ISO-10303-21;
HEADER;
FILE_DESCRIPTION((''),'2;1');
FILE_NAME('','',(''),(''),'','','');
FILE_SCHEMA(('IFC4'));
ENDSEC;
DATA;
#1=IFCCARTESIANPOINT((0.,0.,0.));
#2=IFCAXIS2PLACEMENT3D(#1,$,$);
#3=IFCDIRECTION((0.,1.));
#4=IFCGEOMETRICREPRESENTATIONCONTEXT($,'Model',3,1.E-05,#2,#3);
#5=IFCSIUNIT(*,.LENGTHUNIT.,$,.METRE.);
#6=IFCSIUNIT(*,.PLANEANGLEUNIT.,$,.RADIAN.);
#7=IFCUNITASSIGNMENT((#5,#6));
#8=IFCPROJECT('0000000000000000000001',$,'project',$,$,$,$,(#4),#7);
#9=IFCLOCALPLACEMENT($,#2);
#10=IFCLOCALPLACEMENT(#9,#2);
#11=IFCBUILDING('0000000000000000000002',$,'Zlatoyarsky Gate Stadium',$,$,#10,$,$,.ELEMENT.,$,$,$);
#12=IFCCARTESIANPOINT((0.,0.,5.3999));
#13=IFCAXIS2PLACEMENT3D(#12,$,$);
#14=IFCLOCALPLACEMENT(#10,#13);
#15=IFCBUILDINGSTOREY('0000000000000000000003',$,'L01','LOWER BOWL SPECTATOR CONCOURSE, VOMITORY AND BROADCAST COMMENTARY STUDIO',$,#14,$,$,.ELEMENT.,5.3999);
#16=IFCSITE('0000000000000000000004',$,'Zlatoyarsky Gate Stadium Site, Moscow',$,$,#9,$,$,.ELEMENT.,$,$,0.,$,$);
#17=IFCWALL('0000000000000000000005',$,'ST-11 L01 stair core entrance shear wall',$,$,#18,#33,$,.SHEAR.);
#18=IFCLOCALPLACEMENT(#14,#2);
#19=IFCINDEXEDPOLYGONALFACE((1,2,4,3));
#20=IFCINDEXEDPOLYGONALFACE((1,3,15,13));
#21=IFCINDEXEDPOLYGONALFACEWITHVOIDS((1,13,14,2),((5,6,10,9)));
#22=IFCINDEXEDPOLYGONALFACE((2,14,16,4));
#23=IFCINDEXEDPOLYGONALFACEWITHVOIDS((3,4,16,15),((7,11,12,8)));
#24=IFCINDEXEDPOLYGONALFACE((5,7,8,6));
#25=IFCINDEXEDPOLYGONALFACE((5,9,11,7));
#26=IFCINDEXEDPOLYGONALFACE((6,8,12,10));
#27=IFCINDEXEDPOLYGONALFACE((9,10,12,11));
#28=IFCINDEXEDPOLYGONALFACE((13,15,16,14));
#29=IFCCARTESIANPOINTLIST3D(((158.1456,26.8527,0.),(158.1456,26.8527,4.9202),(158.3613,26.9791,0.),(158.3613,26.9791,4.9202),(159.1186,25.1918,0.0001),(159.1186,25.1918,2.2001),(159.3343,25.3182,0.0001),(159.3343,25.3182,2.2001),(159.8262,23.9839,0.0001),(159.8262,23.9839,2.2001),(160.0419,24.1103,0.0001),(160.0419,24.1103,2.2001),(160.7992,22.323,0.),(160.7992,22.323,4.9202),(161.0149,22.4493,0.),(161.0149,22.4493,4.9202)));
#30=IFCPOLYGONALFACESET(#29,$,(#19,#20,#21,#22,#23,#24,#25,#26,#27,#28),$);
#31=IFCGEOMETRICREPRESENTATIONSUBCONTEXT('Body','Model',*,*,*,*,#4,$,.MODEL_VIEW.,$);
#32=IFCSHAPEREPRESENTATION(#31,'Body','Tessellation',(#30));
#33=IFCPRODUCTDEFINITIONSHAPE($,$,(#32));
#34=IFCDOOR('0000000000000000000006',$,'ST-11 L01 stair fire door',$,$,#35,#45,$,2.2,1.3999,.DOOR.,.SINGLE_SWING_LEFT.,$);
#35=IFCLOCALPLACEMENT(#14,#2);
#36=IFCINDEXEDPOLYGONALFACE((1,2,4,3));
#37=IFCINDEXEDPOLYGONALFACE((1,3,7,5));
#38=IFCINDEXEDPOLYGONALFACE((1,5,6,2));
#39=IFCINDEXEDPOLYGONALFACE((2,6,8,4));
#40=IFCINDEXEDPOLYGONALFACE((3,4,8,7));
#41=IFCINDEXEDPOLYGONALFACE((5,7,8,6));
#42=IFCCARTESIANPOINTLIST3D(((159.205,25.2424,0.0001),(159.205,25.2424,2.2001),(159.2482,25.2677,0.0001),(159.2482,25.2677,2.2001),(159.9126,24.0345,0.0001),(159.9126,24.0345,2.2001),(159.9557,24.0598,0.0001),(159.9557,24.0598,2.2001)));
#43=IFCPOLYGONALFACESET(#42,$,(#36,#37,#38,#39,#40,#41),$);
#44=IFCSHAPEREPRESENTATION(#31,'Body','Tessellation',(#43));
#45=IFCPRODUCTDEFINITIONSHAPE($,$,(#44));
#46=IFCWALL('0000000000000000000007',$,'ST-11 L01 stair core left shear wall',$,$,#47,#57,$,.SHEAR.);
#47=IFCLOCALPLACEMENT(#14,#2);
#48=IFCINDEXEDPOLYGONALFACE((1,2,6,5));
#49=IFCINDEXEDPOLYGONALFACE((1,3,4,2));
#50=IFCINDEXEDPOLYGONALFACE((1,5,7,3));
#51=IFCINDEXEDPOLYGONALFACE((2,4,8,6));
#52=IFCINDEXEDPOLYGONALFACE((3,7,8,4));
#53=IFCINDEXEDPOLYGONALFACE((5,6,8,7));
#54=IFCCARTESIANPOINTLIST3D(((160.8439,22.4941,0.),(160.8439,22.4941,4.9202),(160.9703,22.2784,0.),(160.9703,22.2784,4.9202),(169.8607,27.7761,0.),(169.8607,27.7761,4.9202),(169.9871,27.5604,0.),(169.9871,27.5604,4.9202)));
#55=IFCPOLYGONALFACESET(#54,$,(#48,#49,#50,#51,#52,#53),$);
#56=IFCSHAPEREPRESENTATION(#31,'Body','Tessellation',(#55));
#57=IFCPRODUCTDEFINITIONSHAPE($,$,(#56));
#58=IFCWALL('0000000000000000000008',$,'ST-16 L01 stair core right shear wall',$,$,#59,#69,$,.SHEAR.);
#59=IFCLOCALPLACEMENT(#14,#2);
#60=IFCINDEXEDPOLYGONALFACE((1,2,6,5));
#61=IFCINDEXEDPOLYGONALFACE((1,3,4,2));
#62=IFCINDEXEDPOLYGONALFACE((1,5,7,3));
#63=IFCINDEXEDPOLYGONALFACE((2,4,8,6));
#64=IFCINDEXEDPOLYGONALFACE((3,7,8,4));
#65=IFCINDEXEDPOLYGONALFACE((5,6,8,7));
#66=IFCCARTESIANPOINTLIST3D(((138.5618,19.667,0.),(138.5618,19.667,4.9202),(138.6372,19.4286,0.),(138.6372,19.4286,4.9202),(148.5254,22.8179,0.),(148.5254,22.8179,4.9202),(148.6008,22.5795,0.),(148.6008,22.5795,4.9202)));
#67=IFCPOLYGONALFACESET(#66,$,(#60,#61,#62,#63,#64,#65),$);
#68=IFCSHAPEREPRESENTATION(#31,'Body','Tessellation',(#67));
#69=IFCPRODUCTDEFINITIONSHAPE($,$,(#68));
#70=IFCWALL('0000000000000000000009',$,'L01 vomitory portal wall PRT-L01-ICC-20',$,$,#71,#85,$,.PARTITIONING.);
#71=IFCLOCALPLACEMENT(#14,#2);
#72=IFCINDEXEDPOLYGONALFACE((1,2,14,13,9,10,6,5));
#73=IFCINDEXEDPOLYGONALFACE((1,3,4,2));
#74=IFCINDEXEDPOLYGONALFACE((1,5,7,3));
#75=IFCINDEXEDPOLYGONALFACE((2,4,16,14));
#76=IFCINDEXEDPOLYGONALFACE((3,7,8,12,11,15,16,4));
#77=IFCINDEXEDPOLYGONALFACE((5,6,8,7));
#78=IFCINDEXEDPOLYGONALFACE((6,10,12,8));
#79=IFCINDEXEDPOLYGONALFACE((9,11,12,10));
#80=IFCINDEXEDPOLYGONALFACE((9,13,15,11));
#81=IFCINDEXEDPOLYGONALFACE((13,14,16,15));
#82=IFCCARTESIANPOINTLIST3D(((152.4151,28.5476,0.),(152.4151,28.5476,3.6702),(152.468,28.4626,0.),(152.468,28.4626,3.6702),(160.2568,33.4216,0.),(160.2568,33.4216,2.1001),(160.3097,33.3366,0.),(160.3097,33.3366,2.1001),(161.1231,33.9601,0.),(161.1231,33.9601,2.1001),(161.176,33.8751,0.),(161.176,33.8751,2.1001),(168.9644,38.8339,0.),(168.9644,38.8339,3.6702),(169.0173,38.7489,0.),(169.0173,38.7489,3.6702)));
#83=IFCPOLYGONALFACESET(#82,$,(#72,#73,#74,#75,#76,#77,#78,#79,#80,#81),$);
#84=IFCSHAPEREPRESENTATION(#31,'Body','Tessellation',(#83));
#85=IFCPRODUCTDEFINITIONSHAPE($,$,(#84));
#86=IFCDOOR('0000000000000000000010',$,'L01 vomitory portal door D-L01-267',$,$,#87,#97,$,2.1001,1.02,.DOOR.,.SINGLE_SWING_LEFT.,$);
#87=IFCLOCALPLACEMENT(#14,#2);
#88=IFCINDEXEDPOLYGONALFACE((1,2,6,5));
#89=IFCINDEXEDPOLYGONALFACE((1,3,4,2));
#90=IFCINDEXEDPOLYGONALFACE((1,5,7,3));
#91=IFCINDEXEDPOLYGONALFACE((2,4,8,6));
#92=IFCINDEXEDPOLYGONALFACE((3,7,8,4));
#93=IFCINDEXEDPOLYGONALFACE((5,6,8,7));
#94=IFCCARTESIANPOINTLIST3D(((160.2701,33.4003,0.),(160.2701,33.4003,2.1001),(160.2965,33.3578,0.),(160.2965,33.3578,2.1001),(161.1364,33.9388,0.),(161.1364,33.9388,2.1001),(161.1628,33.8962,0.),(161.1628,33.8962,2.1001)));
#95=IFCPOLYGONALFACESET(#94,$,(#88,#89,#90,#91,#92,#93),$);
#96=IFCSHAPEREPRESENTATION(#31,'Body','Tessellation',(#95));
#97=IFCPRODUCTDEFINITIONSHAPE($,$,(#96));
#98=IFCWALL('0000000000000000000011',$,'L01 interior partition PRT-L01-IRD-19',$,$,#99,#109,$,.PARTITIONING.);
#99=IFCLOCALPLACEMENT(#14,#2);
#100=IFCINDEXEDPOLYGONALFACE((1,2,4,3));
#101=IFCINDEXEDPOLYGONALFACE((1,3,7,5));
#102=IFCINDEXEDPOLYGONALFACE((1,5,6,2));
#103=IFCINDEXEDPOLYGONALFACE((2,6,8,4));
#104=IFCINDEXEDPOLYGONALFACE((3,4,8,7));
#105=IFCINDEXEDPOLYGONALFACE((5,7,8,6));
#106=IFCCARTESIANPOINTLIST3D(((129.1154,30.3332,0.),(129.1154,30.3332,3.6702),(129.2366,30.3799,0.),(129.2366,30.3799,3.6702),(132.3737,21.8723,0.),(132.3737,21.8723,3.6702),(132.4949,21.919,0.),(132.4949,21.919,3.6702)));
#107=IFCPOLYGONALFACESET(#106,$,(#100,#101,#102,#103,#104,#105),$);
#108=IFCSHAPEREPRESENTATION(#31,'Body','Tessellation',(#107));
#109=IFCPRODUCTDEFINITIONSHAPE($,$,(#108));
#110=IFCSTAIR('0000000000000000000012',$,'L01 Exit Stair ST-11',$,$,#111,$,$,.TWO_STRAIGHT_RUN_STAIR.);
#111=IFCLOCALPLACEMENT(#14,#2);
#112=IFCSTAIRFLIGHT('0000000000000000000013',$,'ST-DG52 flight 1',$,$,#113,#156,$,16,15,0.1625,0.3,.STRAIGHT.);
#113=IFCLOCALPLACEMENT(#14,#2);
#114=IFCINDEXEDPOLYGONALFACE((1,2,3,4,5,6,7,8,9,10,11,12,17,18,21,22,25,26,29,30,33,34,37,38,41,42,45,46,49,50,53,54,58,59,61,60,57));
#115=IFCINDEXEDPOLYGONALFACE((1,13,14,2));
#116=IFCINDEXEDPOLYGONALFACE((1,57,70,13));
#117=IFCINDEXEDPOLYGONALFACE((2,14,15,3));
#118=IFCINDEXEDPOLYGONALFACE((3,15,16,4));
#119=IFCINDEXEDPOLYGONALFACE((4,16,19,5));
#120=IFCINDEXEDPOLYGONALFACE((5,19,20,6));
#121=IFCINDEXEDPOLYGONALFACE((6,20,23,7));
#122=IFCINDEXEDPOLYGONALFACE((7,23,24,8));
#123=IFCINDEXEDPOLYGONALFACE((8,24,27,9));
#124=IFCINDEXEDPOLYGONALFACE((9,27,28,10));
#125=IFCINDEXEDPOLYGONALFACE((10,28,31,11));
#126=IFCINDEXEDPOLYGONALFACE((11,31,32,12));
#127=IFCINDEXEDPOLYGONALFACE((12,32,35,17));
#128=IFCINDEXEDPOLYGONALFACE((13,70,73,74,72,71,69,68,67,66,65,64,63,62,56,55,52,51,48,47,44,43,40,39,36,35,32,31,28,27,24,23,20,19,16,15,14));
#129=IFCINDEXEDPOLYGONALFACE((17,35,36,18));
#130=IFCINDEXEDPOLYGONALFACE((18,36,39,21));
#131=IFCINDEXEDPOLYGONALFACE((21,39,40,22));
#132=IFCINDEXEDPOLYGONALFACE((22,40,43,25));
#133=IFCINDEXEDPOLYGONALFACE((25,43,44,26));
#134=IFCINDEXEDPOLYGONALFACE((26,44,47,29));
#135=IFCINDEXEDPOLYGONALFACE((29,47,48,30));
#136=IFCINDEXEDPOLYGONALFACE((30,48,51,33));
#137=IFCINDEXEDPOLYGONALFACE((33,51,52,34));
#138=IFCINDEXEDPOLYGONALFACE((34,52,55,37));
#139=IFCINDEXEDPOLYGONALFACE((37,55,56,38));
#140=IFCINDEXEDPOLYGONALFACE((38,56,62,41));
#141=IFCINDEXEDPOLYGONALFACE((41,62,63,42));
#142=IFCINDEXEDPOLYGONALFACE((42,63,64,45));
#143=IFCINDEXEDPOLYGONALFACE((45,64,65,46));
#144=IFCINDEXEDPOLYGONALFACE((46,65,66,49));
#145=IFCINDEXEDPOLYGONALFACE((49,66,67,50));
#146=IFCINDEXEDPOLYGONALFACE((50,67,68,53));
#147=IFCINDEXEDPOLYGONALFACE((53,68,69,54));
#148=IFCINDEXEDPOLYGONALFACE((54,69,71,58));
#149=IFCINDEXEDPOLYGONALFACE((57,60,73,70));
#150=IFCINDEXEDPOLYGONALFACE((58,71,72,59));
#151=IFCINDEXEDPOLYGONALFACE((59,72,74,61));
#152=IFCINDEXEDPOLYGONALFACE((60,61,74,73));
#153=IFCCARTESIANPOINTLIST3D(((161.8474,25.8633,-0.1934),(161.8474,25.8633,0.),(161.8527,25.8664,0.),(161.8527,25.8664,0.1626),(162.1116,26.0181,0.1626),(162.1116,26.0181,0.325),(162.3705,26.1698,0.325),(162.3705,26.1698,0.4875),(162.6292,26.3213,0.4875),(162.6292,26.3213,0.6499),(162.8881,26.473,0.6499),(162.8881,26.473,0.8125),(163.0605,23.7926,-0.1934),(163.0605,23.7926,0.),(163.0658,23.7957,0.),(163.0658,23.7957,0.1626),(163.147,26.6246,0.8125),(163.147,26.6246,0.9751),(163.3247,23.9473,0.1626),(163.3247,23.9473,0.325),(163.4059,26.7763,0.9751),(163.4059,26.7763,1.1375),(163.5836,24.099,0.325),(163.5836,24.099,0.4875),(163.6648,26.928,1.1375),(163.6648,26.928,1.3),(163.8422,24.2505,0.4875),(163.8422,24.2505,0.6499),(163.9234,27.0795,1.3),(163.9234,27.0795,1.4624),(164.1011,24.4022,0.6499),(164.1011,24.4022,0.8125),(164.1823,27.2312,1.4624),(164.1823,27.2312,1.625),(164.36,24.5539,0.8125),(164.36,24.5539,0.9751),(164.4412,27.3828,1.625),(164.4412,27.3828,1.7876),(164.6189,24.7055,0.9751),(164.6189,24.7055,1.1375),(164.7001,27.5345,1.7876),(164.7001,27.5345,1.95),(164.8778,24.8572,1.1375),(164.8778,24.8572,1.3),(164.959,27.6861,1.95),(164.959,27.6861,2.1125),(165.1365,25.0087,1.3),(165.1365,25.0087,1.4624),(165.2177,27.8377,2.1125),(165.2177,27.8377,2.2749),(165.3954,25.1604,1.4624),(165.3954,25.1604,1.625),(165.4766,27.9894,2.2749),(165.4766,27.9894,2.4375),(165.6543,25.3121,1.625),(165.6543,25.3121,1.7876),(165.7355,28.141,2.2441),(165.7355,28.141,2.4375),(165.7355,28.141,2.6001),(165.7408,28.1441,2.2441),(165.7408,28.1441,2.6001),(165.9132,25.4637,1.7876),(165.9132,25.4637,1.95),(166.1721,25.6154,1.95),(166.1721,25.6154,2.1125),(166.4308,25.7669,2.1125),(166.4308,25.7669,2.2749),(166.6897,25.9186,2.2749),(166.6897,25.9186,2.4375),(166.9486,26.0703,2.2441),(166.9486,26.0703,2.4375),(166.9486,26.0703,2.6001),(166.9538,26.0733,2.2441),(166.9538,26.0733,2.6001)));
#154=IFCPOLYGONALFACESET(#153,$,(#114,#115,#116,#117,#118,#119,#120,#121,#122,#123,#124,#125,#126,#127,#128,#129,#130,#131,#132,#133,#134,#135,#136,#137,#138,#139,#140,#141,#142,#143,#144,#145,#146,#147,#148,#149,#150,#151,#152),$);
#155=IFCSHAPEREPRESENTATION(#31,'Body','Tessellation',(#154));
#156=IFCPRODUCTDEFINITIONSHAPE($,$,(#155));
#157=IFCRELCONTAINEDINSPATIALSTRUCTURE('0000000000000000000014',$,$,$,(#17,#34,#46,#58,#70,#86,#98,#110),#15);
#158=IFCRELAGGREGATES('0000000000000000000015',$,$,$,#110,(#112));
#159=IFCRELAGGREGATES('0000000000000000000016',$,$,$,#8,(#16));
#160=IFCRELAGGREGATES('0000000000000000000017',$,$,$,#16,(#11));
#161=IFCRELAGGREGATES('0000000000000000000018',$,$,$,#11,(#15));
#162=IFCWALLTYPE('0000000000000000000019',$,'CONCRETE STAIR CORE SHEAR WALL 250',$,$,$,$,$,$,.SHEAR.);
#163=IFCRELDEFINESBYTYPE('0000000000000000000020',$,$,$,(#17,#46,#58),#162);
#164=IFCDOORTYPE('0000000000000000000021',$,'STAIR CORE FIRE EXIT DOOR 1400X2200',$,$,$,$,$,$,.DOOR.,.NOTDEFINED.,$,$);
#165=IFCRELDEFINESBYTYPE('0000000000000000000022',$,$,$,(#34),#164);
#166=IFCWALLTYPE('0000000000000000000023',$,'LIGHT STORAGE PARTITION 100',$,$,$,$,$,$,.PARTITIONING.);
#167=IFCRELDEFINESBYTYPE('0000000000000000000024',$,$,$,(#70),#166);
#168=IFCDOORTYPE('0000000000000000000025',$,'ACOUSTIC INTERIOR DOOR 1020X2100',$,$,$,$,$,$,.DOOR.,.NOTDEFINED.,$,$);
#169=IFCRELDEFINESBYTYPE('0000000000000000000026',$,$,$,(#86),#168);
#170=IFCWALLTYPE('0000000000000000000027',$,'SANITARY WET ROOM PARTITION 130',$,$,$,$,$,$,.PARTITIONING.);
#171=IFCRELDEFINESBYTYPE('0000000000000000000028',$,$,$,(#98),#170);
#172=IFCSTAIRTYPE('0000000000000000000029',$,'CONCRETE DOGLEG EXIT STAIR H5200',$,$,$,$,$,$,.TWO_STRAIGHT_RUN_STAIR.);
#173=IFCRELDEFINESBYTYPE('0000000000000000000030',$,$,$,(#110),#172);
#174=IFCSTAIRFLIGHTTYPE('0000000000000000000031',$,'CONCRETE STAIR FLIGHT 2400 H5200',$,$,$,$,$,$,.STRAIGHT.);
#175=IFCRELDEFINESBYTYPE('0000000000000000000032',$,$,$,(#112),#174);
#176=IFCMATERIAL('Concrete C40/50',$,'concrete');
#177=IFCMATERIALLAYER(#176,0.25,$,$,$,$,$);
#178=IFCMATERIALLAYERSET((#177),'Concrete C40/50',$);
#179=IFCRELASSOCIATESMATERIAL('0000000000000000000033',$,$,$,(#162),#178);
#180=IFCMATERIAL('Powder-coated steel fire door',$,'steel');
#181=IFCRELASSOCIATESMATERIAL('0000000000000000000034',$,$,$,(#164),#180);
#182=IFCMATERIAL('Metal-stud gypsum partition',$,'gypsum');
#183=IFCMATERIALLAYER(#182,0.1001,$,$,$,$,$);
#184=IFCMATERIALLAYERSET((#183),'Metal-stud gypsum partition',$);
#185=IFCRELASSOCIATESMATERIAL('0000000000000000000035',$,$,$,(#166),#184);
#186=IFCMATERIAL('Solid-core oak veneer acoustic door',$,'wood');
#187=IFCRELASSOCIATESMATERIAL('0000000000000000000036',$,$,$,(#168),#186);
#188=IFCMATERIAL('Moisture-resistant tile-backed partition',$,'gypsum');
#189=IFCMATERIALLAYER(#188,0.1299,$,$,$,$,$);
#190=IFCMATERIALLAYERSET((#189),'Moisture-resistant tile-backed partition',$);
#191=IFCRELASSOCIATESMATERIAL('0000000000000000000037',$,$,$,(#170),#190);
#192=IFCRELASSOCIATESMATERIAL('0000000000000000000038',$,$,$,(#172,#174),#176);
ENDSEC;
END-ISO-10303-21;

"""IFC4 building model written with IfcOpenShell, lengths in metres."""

from ifc_helpers import new_model, si_unit, direction, frame, frame_2d, origin, place, context, subcontext, project, spatial, polyline, rectangle, outline, extrude, material, layer, layer_set, type_object, element, fill, aggregate, save


model = new_model("IFC4")

# Units and contexts
model_context = context("Model", 3, precision=1e-05, world=origin(), true_north=direction((0.0, 1.0)))
body_context = subcontext(model_context, "Body", "Model", "MODEL_VIEW")
ifc_project = project(units=[si_unit("LENGTHUNIT", "METRE"), si_unit("PLANEANGLEUNIT", "RADIAN")], contexts=[model_context])

# Site, building, storey
site_placement = place(None, origin())
site = spatial("IfcSite", under=ifc_project, at=site_placement, Name="Zlatoyarsky Gate Stadium Site, Moscow", CompositionType="ELEMENT", RefElevation=0.0)
building_placement = place(site_placement, origin())
building = spatial("IfcBuilding", under=site, at=building_placement, Name="Zlatoyarsky Gate Stadium", CompositionType="ELEMENT")
storey_placement = place(building_placement, frame((0.0, 0.0, 5.3999)))
storey = spatial("IfcBuildingStorey", under=building, at=storey_placement, Name="L01", Description="LOWER BOWL SPECTATOR CONCOURSE, VOMITORY AND BROADCAST COMMENTARY STUDIO", CompositionType="ELEMENT", Elevation=5.3999)

# Shared definitions
ifc_material_1 = material(Name="Concrete C40/50", Category="concrete")

# Shared definitions
ifc_material_2 = material(Name="Metal-stud gypsum partition", Category="gypsum")

# Wall, opening, door
ifc_layer_1 = layer(ifc_material_1, 0.25)
ifc_layer_set_1 = layer_set([ifc_layer_1], Name="Concrete C40/50")
wall_type_1 = type_object("IfcWallType", Name="CONCRETE STAIR CORE SHEAR WALL 250", PredefinedType="SHEAR", material=ifc_layer_set_1)
wall_1_placement = place(storey_placement, frame((158.2534, 26.916, 0.0), z_axis=(0.0, 0.0, 1.0), x_axis=(0.50546, -0.86285, 0.0)))
wall_1 = element("IfcWall", 1, at=wall_1_placement, inside=storey, type_object=wall_type_1, Name="ST-11 L01 stair core entrance shear wall", PredefinedType="SHEAR", context=body_context, shape_type="SweptSolid", body=[
    extrude(rectangle(XDim=5.2498, YDim=0.25, at=frame_2d((2.625, 0.0))), origin(), (0.0, 0.0, 1.0), 4.9202),
])
opening_1_placement = place(wall_1_placement, frame((1.925, 0.0, 0.0)))
opening_1 = element("IfcOpeningElement", 2, at=opening_1_placement, cuts=wall_1, PredefinedType="OPENING", context=body_context, shape_type="SweptSolid", body=[
    extrude(rectangle(XDim=1.3999, YDim=2.2, at=frame_2d((0.7, 1.1001))), frame((0.0, 0.135, 0.0), z_axis=(0.0, -1.0, 0.0), x_axis=(1.0, 0.0, 0.0)), (0.0, 0.0, 1.0), 0.27),
])
ifc_material_3 = material(Name="Powder-coated steel fire door", Category="steel")
door_type_1 = type_object("IfcDoorType", Name="STAIR CORE FIRE EXIT DOOR 1400X2200", OperationType="NOTDEFINED", PredefinedType="DOOR", material=ifc_material_3)
door_1_placement = place(opening_1_placement, frame((1.3999, 0.0, 0.0), z_axis=(0.0, 0.0, 1.0), x_axis=(-1.0, 0.0, 0.0)))
door_1 = element("IfcDoor", 3, at=door_1_placement, inside=storey, type_object=door_type_1, Name="ST-11 L01 stair fire door", OperationType="SINGLE_SWING_LEFT", OverallHeight=2.2, OverallWidth=1.3999, PredefinedType="DOOR", context=body_context, shape_type="SweptSolid", body=[
    extrude(rectangle(XDim=1.3999, YDim=2.2, at=frame_2d((0.7, 1.1001))), frame((0.0, 0.0249, 0.0), z_axis=(0.0, -1.0, 0.0), x_axis=(1.0, 0.0, 0.0)), (0.0, 0.0, 1.0), 0.05),
])
fill(opening_1, door_1)

# Walls
for number, where, z_axis, x_axis, name in (
    (4, (160.907, 22.3862, 0.0), (0.0, 0.0, 1.0), (0.862855, 0.505452, 0.0), "ST-11 L01 stair core left shear wall"),
    (5, (148.5632, 22.6987, 0.0), (0.0, 0.0, 1.0), (-0.95346, -0.30152, 0.0), "ST-16 L01 stair core right shear wall"),
):
    element("IfcWall", number, at=place(storey_placement, frame(where, z_axis=z_axis, x_axis=x_axis)), inside=storey, type_object=wall_type_1, Name=name, PredefinedType="SHEAR", context=body_context, shape_type="SweptSolid", body=[
        extrude(rectangle(XDim=10.45, YDim=0.25, at=frame_2d((5.2251, 0.0))), origin(), (0.0, 0.0, 1.0), 4.9202),
    ])

# Wall, opening, door
ifc_layer_2 = layer(ifc_material_2, 0.1001)
ifc_layer_set_2 = layer_set([ifc_layer_2], Name="Metal-stud gypsum partition")
wall_type_2 = type_object("IfcWallType", Name="LIGHT STORAGE PARTITION 100", PredefinedType="PARTITIONING", material=ifc_layer_set_2)
wall_2_placement = place(storey_placement, frame((152.4417, 28.5051, 0.0), z_axis=(0.0, 0.0, 1.0), x_axis=(0.849309, 0.527896, 0.0)))
wall_2 = element("IfcWall", 6, at=wall_2_placement, inside=storey, type_object=wall_type_2, Name="L01 vomitory portal wall PRT-L01-ICC-20", PredefinedType="PARTITIONING", context=body_context, shape_type="SweptSolid", body=[
    extrude(rectangle(XDim=19.4856, YDim=0.1001, at=frame_2d((9.7427, 0.0))), origin(), (0.0, 0.0, 1.0), 3.6702),
])
opening_2_placement = place(wall_2_placement, frame((9.2329, 0.0, 0.0)))
opening_2 = element("IfcOpeningElement", 7, at=opening_2_placement, cuts=wall_2, PredefinedType="OPENING", context=body_context, shape_type="SweptSolid", body=[
    extrude(rectangle(XDim=1.02, YDim=2.1001, at=frame_2d((0.51, 1.05))), frame((0.0, 0.0601, 0.0), z_axis=(0.0, -1.0, 0.0), x_axis=(1.0, 0.0, 0.0)), (0.0, 0.0, 1.0), 0.1201),
])
ifc_material_4 = material(Name="Solid-core oak veneer acoustic door", Category="wood")
door_type_2 = type_object("IfcDoorType", Name="ACOUSTIC INTERIOR DOOR 1020X2100", OperationType="NOTDEFINED", PredefinedType="DOOR", material=ifc_material_4)
door_2_placement = place(opening_2_placement, origin())
door_2 = element("IfcDoor", 8, at=door_2_placement, inside=storey, type_object=door_type_2, Name="L01 vomitory portal door D-L01-267", OperationType="SINGLE_SWING_LEFT", OverallHeight=2.1001, OverallWidth=1.02, PredefinedType="DOOR", context=body_context, shape_type="SweptSolid", body=[
    extrude(rectangle(XDim=1.02, YDim=2.1001, at=frame_2d((0.51, 1.05))), frame((0.0, 0.0249, 0.0), z_axis=(0.0, -1.0, 0.0), x_axis=(1.0, 0.0, 0.0)), (0.0, 0.0, 1.0), 0.05),
])
fill(opening_2, door_2)

# Wall
ifc_material_5 = material(Name="Moisture-resistant tile-backed partition", Category="gypsum")
ifc_layer_3 = layer(ifc_material_5, 0.1299)
ifc_layer_set_3 = layer_set([ifc_layer_3], Name="Moisture-resistant tile-backed partition")
wall_type_3 = type_object("IfcWallType", Name="SANITARY WET ROOM PARTITION 130", PredefinedType="PARTITIONING", material=ifc_layer_set_3)
wall_3_placement = place(storey_placement, frame((129.176, 30.3564, 0.0), z_axis=(0.0, 0.0, 1.0), x_axis=(0.359372, -0.933194, 0.0)))
element("IfcWall", 9, at=wall_3_placement, inside=storey, type_object=wall_type_3, Name="L01 interior partition PRT-L01-IRD-19", PredefinedType="PARTITIONING", context=body_context, shape_type="SweptSolid", body=[
    extrude(rectangle(XDim=9.0667, YDim=0.1299, at=frame_2d((4.5332, 0.0))), origin(), (0.0, 0.0, 1.0), 3.6702),
])

# Stair, stair flight
stair_type = type_object("IfcStairType", Name="CONCRETE DOGLEG EXIT STAIR H5200", PredefinedType="TWO_STRAIGHT_RUN_STAIR", material=ifc_material_1)
stair_placement = place(storey_placement, origin())
stair = element("IfcStair", 10, at=stair_placement, inside=storey, type_object=stair_type, Name="L01 Exit Stair ST-11", PredefinedType="TWO_STRAIGHT_RUN_STAIR")
stair_flight_type = type_object("IfcStairFlightType", Name="CONCRETE STAIR FLIGHT 2400 H5200", PredefinedType="STRAIGHT", material=ifc_material_1)
stair_flight_placement = place(storey_placement, frame((162.4592, 24.8311, 0.0), z_axis=(0.0, 0.0, 1.0), x_axis=(0.862848, 0.505463, 0.0)))
stair_flight = element("IfcStairFlight", 11, at=stair_flight_placement, type_object=stair_flight_type, Name="ST-DG52 flight 1", NumberOfRisers=16, NumberOfTreads=15, PredefinedType="STRAIGHT", RiserHeight=0.1625, TreadLength=0.3, context=body_context, shape_type="SweptSolid", body=[
    extrude(outline(polyline([(-0.0061, -0.1934), (-0.0061, 0.0), (0.0, 0.0), (0.0, 0.1626), (0.3, 0.1626), (0.3, 0.325), (0.6001, 0.325), (0.6001, 0.4875), (0.8999, 0.4875), (0.8999, 0.6499), (1.2, 0.6499), (1.2, 0.8125), (1.5, 0.8125), (1.5, 0.9751), (1.8, 0.9751), (1.8, 1.1375), (2.1001, 1.1375), (2.1001, 1.3), (2.3999, 1.3), (2.3999, 1.4624), (2.7, 1.4624), (2.7, 1.625), (3.0, 1.625), (3.0, 1.7876), (3.3, 1.7876), (3.3, 1.95), (3.6001, 1.95), (3.6001, 2.1125), (3.8999, 2.1125), (3.8999, 2.2749), (4.2, 2.2749), (4.2, 2.4375), (4.5, 2.4375), (4.5, 2.6001), (4.5061, 2.6001), (4.5061, 2.2441), (4.5, 2.2441), (-0.0061, -0.1934)])), frame((0.0, 1.2, 0.0), z_axis=(0.0, -1.0, 0.0), x_axis=(1.0, 0.0, 0.0)), (0.0, 0.0, 1.0), 2.3999),
])
aggregate(stair, [stair_flight])

save(model, "model.ifc")
